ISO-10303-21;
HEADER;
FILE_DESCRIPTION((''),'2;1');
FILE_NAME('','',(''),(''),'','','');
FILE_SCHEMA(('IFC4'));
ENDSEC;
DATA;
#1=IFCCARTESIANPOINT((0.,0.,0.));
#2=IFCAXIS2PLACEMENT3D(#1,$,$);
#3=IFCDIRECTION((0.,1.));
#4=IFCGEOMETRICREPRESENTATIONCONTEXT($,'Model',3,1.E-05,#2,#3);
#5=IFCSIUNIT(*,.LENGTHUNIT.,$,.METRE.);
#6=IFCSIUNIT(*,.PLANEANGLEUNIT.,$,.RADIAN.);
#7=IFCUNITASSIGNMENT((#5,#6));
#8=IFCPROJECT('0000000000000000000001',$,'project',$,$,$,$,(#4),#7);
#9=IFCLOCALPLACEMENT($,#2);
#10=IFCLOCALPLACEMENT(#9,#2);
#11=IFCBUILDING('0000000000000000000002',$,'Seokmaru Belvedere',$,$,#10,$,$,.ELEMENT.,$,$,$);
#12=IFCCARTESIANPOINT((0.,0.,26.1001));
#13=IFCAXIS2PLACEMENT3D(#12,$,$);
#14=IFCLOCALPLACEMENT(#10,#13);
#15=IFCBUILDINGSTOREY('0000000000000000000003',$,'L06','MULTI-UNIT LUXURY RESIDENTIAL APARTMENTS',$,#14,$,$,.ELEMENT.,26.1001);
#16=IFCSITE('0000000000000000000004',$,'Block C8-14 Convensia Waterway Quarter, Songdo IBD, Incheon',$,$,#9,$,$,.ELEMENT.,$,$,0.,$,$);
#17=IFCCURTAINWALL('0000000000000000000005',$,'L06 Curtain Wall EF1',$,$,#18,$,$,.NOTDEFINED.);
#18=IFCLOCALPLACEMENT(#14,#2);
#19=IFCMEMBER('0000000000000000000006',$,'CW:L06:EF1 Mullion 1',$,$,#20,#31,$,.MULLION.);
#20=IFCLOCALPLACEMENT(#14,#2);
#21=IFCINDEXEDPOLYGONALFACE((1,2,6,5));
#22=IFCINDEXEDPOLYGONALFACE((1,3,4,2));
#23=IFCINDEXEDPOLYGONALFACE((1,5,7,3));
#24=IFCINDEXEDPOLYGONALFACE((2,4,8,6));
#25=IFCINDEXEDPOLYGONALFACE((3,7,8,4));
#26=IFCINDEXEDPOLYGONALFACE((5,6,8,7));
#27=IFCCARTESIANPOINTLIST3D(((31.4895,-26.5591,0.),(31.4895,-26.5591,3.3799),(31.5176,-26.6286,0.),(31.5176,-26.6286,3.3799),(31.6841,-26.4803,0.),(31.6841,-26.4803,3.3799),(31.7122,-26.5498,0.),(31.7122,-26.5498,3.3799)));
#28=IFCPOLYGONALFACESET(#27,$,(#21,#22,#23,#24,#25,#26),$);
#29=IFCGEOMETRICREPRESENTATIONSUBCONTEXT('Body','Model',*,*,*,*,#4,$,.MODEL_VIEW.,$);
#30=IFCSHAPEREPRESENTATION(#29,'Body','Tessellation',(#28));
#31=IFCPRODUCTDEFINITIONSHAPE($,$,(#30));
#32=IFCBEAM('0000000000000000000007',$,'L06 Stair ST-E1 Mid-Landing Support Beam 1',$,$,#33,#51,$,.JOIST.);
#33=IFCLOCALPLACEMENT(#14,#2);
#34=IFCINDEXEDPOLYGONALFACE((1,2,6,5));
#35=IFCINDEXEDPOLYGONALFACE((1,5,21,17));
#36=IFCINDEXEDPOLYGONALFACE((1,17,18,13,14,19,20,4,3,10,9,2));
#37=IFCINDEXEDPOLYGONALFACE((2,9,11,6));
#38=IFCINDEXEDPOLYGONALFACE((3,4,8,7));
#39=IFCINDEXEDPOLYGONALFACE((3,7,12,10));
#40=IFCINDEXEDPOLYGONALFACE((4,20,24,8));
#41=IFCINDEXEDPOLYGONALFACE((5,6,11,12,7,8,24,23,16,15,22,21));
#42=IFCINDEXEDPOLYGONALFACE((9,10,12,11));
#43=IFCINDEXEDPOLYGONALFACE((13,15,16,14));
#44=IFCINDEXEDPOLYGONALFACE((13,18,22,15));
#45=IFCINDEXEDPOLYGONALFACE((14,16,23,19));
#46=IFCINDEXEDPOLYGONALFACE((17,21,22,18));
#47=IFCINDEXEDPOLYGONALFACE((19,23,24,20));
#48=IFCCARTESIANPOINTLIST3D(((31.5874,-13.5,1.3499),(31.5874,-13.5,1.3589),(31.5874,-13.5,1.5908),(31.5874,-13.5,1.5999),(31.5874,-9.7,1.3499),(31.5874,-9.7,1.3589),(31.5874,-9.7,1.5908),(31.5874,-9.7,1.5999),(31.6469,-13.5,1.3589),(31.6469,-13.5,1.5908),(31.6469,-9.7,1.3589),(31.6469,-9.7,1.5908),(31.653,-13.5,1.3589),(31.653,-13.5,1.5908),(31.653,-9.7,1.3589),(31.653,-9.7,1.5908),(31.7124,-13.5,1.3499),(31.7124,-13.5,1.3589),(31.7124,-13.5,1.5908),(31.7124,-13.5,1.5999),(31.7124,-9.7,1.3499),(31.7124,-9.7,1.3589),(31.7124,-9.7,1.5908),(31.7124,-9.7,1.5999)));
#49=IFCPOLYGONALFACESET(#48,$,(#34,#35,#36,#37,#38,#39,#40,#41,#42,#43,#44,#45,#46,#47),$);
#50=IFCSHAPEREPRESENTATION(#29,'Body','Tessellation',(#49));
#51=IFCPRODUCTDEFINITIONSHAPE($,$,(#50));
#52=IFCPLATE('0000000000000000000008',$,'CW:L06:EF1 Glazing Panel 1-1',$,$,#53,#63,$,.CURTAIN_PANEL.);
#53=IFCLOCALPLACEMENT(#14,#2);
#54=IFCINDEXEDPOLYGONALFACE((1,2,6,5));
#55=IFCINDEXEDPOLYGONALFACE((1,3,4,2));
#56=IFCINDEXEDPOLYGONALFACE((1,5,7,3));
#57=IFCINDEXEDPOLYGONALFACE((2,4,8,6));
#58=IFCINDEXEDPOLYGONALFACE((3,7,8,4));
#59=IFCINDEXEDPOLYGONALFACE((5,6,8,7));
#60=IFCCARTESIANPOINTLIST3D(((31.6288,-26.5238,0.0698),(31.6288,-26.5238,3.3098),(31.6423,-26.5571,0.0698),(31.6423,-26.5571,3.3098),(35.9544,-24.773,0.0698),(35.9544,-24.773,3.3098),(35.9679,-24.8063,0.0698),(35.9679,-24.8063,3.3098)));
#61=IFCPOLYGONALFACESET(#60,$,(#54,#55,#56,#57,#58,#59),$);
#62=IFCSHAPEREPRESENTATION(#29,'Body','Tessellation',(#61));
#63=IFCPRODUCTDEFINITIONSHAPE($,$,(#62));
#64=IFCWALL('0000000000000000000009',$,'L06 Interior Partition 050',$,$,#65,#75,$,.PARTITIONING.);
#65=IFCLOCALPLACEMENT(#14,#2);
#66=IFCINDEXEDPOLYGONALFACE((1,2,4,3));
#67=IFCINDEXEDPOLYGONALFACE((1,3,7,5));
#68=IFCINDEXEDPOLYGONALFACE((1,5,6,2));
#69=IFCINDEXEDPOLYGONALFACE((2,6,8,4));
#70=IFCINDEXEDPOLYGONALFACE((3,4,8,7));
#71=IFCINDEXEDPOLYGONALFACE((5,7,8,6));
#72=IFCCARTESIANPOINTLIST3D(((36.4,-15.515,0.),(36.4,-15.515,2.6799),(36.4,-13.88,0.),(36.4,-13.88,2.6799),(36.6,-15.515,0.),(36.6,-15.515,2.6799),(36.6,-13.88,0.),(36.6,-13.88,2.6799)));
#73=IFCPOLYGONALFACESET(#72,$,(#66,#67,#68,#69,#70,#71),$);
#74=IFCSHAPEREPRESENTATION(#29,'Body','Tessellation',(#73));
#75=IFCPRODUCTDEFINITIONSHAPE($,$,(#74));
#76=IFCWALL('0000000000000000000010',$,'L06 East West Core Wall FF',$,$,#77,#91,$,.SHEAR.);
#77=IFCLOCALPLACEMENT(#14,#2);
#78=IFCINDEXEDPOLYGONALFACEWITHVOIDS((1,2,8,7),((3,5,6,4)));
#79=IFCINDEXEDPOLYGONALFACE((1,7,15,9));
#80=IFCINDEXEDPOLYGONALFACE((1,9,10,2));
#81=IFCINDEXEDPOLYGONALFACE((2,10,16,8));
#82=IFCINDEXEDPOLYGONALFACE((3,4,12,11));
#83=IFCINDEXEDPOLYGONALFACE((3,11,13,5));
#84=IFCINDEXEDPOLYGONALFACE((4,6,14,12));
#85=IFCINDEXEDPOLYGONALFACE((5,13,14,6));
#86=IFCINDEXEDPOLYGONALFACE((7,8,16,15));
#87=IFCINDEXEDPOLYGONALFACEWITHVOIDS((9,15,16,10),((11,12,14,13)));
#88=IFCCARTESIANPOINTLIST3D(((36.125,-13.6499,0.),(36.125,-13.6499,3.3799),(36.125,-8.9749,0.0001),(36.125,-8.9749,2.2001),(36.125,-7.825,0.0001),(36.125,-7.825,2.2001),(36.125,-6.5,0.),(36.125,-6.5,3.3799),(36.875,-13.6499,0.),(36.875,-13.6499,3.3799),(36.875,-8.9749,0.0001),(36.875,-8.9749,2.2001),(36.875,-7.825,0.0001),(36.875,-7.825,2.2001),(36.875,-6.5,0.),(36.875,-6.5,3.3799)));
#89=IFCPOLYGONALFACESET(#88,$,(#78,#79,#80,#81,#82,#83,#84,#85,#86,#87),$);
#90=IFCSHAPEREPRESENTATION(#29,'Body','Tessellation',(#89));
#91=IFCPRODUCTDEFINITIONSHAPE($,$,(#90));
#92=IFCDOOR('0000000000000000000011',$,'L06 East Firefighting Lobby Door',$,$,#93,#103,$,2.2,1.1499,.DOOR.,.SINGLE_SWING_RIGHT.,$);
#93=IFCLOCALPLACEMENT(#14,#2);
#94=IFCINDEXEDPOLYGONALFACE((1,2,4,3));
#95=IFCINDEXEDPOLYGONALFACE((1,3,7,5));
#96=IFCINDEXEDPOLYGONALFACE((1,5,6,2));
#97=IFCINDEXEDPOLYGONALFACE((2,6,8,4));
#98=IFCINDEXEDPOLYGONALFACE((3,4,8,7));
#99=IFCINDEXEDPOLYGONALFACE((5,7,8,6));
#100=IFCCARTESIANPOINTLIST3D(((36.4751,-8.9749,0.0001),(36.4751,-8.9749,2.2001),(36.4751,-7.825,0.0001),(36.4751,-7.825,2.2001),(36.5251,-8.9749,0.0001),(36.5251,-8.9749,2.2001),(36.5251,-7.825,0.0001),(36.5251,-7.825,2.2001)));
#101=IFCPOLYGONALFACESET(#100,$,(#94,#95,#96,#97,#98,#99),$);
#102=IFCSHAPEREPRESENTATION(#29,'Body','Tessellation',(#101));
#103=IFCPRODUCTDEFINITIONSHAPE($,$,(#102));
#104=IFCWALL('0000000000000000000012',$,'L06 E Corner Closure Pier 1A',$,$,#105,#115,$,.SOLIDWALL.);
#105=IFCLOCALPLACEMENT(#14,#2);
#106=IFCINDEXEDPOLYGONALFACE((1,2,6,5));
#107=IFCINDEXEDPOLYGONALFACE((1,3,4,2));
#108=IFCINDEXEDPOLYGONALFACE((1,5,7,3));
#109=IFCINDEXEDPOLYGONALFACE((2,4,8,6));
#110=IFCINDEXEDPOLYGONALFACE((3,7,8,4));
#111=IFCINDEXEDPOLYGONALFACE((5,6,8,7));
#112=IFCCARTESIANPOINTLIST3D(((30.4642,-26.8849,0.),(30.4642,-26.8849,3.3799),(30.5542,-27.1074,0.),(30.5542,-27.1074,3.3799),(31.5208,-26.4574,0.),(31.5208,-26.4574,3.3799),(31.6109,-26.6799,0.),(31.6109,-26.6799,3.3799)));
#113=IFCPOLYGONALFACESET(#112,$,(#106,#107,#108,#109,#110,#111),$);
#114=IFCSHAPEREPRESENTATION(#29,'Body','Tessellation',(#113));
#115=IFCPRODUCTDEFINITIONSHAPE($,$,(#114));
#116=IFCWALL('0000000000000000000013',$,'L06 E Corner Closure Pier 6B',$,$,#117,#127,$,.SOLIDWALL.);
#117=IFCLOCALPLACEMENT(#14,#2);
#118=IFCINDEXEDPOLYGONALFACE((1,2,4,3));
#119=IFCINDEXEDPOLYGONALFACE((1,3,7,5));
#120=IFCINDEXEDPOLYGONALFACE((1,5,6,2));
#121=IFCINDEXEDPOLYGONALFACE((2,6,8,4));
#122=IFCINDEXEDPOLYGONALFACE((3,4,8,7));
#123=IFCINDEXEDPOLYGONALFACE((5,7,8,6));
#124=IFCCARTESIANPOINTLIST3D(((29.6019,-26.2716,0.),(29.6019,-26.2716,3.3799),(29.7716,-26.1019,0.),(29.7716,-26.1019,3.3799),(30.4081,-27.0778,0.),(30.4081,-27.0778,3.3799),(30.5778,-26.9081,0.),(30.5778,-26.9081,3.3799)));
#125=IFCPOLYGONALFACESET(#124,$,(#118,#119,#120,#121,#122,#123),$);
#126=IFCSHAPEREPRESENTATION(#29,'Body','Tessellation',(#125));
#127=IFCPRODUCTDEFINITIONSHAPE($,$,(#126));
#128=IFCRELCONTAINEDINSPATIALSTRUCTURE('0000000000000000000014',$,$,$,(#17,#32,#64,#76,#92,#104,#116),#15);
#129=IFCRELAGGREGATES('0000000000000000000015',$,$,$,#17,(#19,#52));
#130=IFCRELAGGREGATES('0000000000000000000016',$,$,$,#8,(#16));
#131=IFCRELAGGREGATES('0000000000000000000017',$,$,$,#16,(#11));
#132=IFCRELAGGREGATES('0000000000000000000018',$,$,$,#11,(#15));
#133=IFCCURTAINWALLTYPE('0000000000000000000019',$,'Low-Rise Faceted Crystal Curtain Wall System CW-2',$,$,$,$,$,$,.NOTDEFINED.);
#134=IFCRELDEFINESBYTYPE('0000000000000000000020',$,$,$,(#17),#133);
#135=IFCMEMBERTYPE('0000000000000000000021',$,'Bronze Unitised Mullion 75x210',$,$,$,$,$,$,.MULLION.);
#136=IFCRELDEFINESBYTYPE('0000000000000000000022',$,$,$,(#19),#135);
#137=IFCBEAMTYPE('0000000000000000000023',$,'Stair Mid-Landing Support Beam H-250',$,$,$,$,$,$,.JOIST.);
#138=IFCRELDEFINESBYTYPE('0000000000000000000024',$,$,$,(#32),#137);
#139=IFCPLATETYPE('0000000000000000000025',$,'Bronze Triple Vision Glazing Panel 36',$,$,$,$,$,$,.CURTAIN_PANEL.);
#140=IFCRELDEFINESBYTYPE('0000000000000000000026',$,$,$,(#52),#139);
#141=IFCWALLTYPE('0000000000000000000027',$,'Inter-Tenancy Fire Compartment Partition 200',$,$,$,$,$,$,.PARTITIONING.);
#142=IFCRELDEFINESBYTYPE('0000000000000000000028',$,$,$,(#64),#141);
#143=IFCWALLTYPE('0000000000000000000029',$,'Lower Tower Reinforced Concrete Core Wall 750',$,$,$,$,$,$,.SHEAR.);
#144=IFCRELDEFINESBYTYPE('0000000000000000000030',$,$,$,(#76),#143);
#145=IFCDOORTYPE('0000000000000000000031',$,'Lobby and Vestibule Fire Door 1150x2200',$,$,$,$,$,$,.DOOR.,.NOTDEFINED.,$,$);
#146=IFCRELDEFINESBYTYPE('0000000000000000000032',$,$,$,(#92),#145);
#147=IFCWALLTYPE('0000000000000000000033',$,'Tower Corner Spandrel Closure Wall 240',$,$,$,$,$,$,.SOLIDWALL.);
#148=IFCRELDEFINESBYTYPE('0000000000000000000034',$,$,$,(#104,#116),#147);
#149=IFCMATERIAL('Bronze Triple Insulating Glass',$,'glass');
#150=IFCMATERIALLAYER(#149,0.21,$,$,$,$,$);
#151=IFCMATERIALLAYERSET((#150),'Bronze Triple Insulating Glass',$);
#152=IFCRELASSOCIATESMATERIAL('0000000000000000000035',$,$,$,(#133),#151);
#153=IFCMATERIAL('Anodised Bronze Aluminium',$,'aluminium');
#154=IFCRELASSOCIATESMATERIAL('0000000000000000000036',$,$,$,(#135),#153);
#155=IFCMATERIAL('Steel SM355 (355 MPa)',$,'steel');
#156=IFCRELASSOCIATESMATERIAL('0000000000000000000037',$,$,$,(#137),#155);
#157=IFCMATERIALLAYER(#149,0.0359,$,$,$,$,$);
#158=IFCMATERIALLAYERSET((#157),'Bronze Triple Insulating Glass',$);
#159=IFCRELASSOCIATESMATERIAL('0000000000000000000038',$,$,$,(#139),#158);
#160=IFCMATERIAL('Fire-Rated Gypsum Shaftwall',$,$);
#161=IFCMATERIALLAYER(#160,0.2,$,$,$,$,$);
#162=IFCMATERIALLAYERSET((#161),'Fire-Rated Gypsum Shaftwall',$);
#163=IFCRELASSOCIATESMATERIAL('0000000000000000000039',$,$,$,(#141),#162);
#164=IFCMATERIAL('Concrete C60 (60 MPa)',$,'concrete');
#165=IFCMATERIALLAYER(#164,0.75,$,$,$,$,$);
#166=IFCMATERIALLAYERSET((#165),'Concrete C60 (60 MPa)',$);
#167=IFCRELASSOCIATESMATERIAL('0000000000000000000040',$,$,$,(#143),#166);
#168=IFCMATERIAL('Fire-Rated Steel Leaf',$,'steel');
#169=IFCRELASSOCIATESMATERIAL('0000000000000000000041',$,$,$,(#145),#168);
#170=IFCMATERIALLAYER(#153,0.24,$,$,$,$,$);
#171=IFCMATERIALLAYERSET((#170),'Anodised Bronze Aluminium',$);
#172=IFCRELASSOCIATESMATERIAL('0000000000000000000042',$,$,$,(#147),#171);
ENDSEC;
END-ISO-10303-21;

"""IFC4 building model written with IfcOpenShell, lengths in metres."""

from ifc_helpers import new_model, si_unit, direction, frame, frame_2d, origin, origin_2d, place, context, subcontext, project, spatial, rectangle, i_section, extrude, source, transform, mapped, material, layer, layer_set, material_profile, profile_set, type_object, type_shapes, element, fill, aggregate, save


model = new_model("IFC4")

# Units and contexts
model_context = context("Model", 3, precision=1e-05, world=origin(), true_north=direction((0.0, 1.0)))
body_context = subcontext(model_context, "Body", "Model", "MODEL_VIEW")
ifc_project = project(units=[si_unit("LENGTHUNIT", "METRE"), si_unit("PLANEANGLEUNIT", "RADIAN")], contexts=[model_context])

# Site, building, storey
site_placement = place(None, origin())
site = spatial("IfcSite", under=ifc_project, at=site_placement, Name="Block C8-14 Convensia Waterway Quarter, Songdo IBD, Incheon", CompositionType="ELEMENT", RefElevation=0.0)
building_placement = place(site_placement, origin())
building = spatial("IfcBuilding", under=site, at=building_placement, Name="Seokmaru Belvedere", CompositionType="ELEMENT")
storey_placement = place(building_placement, frame((0.0, 0.0, 26.1001)))
storey = spatial("IfcBuildingStorey", under=building, at=storey_placement, Name="L06", Description="MULTI-UNIT LUXURY RESIDENTIAL APARTMENTS", CompositionType="ELEMENT", Elevation=26.1001)

# Shared definitions
ifc_material_1 = material(Name="Steel SM355 (355 MPa)", Category="steel")

# Curtain wall, member
ifc_material_2 = material(Name="Bronze Triple Insulating Glass", Category="glass")
ifc_layer_1 = layer(ifc_material_2, 0.21)
ifc_layer_set_1 = layer_set([ifc_layer_1], Name="Bronze Triple Insulating Glass")
curtain_wall_type = type_object("IfcCurtainWallType", Name="Low-Rise Faceted Crystal Curtain Wall System CW-2", PredefinedType="NOTDEFINED", material=ifc_layer_set_1)
curtain_wall_placement = place(storey_placement, origin())
curtain_wall = element("IfcCurtainWall", 1, at=curtain_wall_placement, inside=storey, type_object=curtain_wall_type, Name="L06 Curtain Wall EF1", PredefinedType="NOTDEFINED")
ifc_material_3 = material(Name="Anodised Bronze Aluminium", Category="aluminium")
ifc_material_profile_1 = material_profile(ifc_material_3, rectangle(XDim=0.075, YDim=0.21, at=origin_2d()), Name="CW-M-75x210")
ifc_profile_set_1 = profile_set([ifc_material_profile_1], Name="Anodised Bronze Aluminium")
member_type_1 = type_object("IfcMemberType", Name="Bronze Unitised Mullion 75x210", PredefinedType="MULLION", material=ifc_profile_set_1)
shared_shape_1 = source(origin(), body_context, "Body", "SweptSolid", [
    extrude(rectangle(XDim=0.075, YDim=0.21, at=origin_2d()), origin(), (0.0, 0.0, 1.0), 3.3799),
])
member_1_placement = place(storey_placement, frame((31.6008, -26.5544, 0.0), z_axis=(0.0, 0.0, 1.0), x_axis=(-0.375192, 0.926947, 0.0)))
member_1 = element("IfcMember", 2, at=member_1_placement, type_object=member_type_1, Name="CW:L06:EF1 Mullion 1", PredefinedType="MULLION", context=body_context, shape_type="MappedRepresentation", body=[
    mapped(shared_shape_1, transform((0.0, 0.0, 0.0), scale=1.0)),
])

# Beam
ifc_material_profile_2 = material_profile(ifc_material_1, i_section(OverallWidth=0.125, OverallDepth=0.25, WebThickness=0.0061, FlangeThickness=0.009, at=origin_2d()), Name="H-250x125x6x9")
ifc_profile_set_2 = profile_set([ifc_material_profile_2], Name="Steel SM355 (355 MPa)")
beam_type_1 = type_object("IfcBeamType", Name="Stair Mid-Landing Support Beam H-250", PredefinedType="JOIST", material=ifc_profile_set_2)
shared_shape_2 = source(origin(), body_context, "Body", "SweptSolid", [
    extrude(i_section(OverallWidth=0.125, OverallDepth=0.25, WebThickness=0.0061, FlangeThickness=0.009, at=origin_2d()), origin(), (0.0, 0.0, 1.0), 3.8),
])
type_shapes(beam_type_1, [shared_shape_2])
beam_1_placement = place(storey_placement, frame((31.6499, -13.5, 1.4749), z_axis=(0.0, 1.0, 0.0), x_axis=(-1.0, 0.0, 0.0)))
element("IfcBeam", 3, at=beam_1_placement, inside=storey, type_object=beam_type_1, Name="L06 Stair ST-E1 Mid-Landing Support Beam 1", PredefinedType="JOIST", context=body_context, shape_type="MappedRepresentation", body=[
    mapped(shared_shape_2, transform((0.0, 0.0, 0.0), scale=1.0)),
])

# Plate
ifc_layer_2 = layer(ifc_material_2, 0.0359)
ifc_layer_set_2 = layer_set([ifc_layer_2], Name="Bronze Triple Insulating Glass")
plate_type = type_object("IfcPlateType", Name="Bronze Triple Vision Glazing Panel 36", PredefinedType="CURTAIN_PANEL", material=ifc_layer_set_2)
shared_shape_3 = source(origin(), body_context, "Body", "SweptSolid", [
    extrude(rectangle(XDim=4.6665, YDim=0.0359, at=origin_2d()), origin(), (0.0, 0.0, 1.0), 3.24),
])
type_shapes(plate_type, [shared_shape_3])
plate_placement = place(storey_placement, frame((33.7983, -25.665, 0.0698), z_axis=(0.0, 0.0, 1.0), x_axis=(0.926947, 0.375192, 0.0)))
plate = element("IfcPlate", 4, at=plate_placement, type_object=plate_type, Name="CW:L06:EF1 Glazing Panel 1-1", PredefinedType="CURTAIN_PANEL", context=body_context, shape_type="MappedRepresentation", body=[
    mapped(shared_shape_3, transform((0.0, 0.0, 0.0), scale=1.0)),
])
aggregate(curtain_wall, [member_1, plate])

# Wall
ifc_material_4 = material(Name="Fire-Rated Gypsum Shaftwall")
ifc_layer_3 = layer(ifc_material_4, 0.2)
ifc_layer_set_3 = layer_set([ifc_layer_3], Name="Fire-Rated Gypsum Shaftwall")
wall_type_1 = type_object("IfcWallType", Name="Inter-Tenancy Fire Compartment Partition 200", PredefinedType="PARTITIONING", material=ifc_layer_set_3)
wall_1_placement = place(storey_placement, frame((36.5, -15.5149, 0.0), z_axis=(0.0, 0.0, 1.0), x_axis=(0.0, 1.0, 0.0)))
element("IfcWall", 5, at=wall_1_placement, inside=storey, type_object=wall_type_1, Name="L06 Interior Partition 050", PredefinedType="PARTITIONING", context=body_context, shape_type="SweptSolid", body=[
    extrude(rectangle(XDim=1.635, YDim=0.2, at=frame_2d((0.8174, 0.0))), origin(), (0.0, 0.0, 1.0), 2.6799),
])

# Wall, opening, door
ifc_material_5 = material(Name="Concrete C60 (60 MPa)", Category="concrete")
ifc_layer_4 = layer(ifc_material_5, 0.75)
ifc_layer_set_4 = layer_set([ifc_layer_4], Name="Concrete C60 (60 MPa)")
wall_type_2 = type_object("IfcWallType", Name="Lower Tower Reinforced Concrete Core Wall 750", PredefinedType="SHEAR", material=ifc_layer_set_4)
wall_2_placement = place(storey_placement, frame((36.5, -13.6499, 0.0), z_axis=(0.0, 0.0, 1.0), x_axis=(0.0, 1.0, 0.0)))
wall_2 = element("IfcWall", 6, at=wall_2_placement, inside=storey, type_object=wall_type_2, Name="L06 East West Core Wall FF", PredefinedType="SHEAR", context=body_context, shape_type="SweptSolid", body=[
    extrude(rectangle(XDim=7.1499, YDim=0.75, at=frame_2d((3.575, 0.0))), origin(), (0.0, 0.0, 1.0), 3.3799),
])
opening_placement = place(wall_2_placement, frame((4.675, 0.0, 0.0)))
opening = element("IfcOpeningElement", 7, at=opening_placement, cuts=wall_2, PredefinedType="OPENING", context=body_context, shape_type="SweptSolid", body=[
    extrude(rectangle(XDim=1.1499, YDim=2.2, at=frame_2d((0.575, 1.1001))), frame((0.0, 0.385, 0.0), z_axis=(0.0, -1.0, 0.0), x_axis=(1.0, 0.0, 0.0)), (0.0, 0.0, 1.0), 0.77),
])
ifc_material_6 = material(Name="Fire-Rated Steel Leaf", Category="steel")
door_type = type_object("IfcDoorType", Name="Lobby and Vestibule Fire Door 1150x2200", OperationType="NOTDEFINED", PredefinedType="DOOR", material=ifc_material_6)
shared_shape_4 = source(origin(), body_context, "Body", "SweptSolid", [
    extrude(rectangle(XDim=1.1499, YDim=2.2, at=frame_2d((0.575, 1.1001))), frame((0.0, 0.0249, 0.0), z_axis=(0.0, -1.0, 0.0), x_axis=(1.0, 0.0, 0.0)), (0.0, 0.0, 1.0), 0.05),
])
type_shapes(door_type, [shared_shape_4])
door_placement = place(opening_placement, origin())
door = element("IfcDoor", 8, at=door_placement, inside=storey, type_object=door_type, Name="L06 East Firefighting Lobby Door", OperationType="SINGLE_SWING_RIGHT", OverallHeight=2.2, OverallWidth=1.1499, PredefinedType="DOOR", context=body_context, shape_type="MappedRepresentation", body=[
    mapped(shared_shape_4, transform((0.0, 0.0, 0.0), scale=1.0)),
])
fill(opening, door)

# Walls
ifc_layer_5 = layer(ifc_material_3, 0.24)
ifc_layer_set_5 = layer_set([ifc_layer_5], Name="Anodised Bronze Aluminium")
wall_type_3 = type_object("IfcWallType", Name="Tower Corner Spandrel Closure Wall 240", PredefinedType="SOLIDWALL", material=ifc_layer_set_5)
wall_3_placement = place(storey_placement, frame((30.5093, -26.9961, 0.0), z_axis=(0.0, 0.0, 1.0), x_axis=(0.927007, 0.375044, 0.0)))
element("IfcWall", 9, at=wall_3_placement, inside=storey, type_object=wall_type_3, Name="L06 E Corner Closure Pier 1A", PredefinedType="SOLIDWALL", context=body_context, shape_type="SweptSolid", body=[
    extrude(rectangle(XDim=1.1399, YDim=0.24, at=frame_2d((0.5698, 0.0))), origin(), (0.0, 0.0, 1.0), 3.3799),
])
wall_4_placement = place(storey_placement, frame((29.6868, -26.1868, 0.0), z_axis=(0.0, 0.0, 1.0), x_axis=(0.707107, -0.707107, 0.0)))
element("IfcWall", 10, at=wall_4_placement, inside=storey, type_object=wall_type_3, Name="L06 E Corner Closure Pier 6B", PredefinedType="SOLIDWALL", context=body_context, shape_type="SweptSolid", body=[
    extrude(rectangle(XDim=1.1401, YDim=0.24, at=frame_2d((0.5701, 0.0))), origin(), (0.0, 0.0, 1.0), 3.3799),
])

save(model, "model.ifc")
